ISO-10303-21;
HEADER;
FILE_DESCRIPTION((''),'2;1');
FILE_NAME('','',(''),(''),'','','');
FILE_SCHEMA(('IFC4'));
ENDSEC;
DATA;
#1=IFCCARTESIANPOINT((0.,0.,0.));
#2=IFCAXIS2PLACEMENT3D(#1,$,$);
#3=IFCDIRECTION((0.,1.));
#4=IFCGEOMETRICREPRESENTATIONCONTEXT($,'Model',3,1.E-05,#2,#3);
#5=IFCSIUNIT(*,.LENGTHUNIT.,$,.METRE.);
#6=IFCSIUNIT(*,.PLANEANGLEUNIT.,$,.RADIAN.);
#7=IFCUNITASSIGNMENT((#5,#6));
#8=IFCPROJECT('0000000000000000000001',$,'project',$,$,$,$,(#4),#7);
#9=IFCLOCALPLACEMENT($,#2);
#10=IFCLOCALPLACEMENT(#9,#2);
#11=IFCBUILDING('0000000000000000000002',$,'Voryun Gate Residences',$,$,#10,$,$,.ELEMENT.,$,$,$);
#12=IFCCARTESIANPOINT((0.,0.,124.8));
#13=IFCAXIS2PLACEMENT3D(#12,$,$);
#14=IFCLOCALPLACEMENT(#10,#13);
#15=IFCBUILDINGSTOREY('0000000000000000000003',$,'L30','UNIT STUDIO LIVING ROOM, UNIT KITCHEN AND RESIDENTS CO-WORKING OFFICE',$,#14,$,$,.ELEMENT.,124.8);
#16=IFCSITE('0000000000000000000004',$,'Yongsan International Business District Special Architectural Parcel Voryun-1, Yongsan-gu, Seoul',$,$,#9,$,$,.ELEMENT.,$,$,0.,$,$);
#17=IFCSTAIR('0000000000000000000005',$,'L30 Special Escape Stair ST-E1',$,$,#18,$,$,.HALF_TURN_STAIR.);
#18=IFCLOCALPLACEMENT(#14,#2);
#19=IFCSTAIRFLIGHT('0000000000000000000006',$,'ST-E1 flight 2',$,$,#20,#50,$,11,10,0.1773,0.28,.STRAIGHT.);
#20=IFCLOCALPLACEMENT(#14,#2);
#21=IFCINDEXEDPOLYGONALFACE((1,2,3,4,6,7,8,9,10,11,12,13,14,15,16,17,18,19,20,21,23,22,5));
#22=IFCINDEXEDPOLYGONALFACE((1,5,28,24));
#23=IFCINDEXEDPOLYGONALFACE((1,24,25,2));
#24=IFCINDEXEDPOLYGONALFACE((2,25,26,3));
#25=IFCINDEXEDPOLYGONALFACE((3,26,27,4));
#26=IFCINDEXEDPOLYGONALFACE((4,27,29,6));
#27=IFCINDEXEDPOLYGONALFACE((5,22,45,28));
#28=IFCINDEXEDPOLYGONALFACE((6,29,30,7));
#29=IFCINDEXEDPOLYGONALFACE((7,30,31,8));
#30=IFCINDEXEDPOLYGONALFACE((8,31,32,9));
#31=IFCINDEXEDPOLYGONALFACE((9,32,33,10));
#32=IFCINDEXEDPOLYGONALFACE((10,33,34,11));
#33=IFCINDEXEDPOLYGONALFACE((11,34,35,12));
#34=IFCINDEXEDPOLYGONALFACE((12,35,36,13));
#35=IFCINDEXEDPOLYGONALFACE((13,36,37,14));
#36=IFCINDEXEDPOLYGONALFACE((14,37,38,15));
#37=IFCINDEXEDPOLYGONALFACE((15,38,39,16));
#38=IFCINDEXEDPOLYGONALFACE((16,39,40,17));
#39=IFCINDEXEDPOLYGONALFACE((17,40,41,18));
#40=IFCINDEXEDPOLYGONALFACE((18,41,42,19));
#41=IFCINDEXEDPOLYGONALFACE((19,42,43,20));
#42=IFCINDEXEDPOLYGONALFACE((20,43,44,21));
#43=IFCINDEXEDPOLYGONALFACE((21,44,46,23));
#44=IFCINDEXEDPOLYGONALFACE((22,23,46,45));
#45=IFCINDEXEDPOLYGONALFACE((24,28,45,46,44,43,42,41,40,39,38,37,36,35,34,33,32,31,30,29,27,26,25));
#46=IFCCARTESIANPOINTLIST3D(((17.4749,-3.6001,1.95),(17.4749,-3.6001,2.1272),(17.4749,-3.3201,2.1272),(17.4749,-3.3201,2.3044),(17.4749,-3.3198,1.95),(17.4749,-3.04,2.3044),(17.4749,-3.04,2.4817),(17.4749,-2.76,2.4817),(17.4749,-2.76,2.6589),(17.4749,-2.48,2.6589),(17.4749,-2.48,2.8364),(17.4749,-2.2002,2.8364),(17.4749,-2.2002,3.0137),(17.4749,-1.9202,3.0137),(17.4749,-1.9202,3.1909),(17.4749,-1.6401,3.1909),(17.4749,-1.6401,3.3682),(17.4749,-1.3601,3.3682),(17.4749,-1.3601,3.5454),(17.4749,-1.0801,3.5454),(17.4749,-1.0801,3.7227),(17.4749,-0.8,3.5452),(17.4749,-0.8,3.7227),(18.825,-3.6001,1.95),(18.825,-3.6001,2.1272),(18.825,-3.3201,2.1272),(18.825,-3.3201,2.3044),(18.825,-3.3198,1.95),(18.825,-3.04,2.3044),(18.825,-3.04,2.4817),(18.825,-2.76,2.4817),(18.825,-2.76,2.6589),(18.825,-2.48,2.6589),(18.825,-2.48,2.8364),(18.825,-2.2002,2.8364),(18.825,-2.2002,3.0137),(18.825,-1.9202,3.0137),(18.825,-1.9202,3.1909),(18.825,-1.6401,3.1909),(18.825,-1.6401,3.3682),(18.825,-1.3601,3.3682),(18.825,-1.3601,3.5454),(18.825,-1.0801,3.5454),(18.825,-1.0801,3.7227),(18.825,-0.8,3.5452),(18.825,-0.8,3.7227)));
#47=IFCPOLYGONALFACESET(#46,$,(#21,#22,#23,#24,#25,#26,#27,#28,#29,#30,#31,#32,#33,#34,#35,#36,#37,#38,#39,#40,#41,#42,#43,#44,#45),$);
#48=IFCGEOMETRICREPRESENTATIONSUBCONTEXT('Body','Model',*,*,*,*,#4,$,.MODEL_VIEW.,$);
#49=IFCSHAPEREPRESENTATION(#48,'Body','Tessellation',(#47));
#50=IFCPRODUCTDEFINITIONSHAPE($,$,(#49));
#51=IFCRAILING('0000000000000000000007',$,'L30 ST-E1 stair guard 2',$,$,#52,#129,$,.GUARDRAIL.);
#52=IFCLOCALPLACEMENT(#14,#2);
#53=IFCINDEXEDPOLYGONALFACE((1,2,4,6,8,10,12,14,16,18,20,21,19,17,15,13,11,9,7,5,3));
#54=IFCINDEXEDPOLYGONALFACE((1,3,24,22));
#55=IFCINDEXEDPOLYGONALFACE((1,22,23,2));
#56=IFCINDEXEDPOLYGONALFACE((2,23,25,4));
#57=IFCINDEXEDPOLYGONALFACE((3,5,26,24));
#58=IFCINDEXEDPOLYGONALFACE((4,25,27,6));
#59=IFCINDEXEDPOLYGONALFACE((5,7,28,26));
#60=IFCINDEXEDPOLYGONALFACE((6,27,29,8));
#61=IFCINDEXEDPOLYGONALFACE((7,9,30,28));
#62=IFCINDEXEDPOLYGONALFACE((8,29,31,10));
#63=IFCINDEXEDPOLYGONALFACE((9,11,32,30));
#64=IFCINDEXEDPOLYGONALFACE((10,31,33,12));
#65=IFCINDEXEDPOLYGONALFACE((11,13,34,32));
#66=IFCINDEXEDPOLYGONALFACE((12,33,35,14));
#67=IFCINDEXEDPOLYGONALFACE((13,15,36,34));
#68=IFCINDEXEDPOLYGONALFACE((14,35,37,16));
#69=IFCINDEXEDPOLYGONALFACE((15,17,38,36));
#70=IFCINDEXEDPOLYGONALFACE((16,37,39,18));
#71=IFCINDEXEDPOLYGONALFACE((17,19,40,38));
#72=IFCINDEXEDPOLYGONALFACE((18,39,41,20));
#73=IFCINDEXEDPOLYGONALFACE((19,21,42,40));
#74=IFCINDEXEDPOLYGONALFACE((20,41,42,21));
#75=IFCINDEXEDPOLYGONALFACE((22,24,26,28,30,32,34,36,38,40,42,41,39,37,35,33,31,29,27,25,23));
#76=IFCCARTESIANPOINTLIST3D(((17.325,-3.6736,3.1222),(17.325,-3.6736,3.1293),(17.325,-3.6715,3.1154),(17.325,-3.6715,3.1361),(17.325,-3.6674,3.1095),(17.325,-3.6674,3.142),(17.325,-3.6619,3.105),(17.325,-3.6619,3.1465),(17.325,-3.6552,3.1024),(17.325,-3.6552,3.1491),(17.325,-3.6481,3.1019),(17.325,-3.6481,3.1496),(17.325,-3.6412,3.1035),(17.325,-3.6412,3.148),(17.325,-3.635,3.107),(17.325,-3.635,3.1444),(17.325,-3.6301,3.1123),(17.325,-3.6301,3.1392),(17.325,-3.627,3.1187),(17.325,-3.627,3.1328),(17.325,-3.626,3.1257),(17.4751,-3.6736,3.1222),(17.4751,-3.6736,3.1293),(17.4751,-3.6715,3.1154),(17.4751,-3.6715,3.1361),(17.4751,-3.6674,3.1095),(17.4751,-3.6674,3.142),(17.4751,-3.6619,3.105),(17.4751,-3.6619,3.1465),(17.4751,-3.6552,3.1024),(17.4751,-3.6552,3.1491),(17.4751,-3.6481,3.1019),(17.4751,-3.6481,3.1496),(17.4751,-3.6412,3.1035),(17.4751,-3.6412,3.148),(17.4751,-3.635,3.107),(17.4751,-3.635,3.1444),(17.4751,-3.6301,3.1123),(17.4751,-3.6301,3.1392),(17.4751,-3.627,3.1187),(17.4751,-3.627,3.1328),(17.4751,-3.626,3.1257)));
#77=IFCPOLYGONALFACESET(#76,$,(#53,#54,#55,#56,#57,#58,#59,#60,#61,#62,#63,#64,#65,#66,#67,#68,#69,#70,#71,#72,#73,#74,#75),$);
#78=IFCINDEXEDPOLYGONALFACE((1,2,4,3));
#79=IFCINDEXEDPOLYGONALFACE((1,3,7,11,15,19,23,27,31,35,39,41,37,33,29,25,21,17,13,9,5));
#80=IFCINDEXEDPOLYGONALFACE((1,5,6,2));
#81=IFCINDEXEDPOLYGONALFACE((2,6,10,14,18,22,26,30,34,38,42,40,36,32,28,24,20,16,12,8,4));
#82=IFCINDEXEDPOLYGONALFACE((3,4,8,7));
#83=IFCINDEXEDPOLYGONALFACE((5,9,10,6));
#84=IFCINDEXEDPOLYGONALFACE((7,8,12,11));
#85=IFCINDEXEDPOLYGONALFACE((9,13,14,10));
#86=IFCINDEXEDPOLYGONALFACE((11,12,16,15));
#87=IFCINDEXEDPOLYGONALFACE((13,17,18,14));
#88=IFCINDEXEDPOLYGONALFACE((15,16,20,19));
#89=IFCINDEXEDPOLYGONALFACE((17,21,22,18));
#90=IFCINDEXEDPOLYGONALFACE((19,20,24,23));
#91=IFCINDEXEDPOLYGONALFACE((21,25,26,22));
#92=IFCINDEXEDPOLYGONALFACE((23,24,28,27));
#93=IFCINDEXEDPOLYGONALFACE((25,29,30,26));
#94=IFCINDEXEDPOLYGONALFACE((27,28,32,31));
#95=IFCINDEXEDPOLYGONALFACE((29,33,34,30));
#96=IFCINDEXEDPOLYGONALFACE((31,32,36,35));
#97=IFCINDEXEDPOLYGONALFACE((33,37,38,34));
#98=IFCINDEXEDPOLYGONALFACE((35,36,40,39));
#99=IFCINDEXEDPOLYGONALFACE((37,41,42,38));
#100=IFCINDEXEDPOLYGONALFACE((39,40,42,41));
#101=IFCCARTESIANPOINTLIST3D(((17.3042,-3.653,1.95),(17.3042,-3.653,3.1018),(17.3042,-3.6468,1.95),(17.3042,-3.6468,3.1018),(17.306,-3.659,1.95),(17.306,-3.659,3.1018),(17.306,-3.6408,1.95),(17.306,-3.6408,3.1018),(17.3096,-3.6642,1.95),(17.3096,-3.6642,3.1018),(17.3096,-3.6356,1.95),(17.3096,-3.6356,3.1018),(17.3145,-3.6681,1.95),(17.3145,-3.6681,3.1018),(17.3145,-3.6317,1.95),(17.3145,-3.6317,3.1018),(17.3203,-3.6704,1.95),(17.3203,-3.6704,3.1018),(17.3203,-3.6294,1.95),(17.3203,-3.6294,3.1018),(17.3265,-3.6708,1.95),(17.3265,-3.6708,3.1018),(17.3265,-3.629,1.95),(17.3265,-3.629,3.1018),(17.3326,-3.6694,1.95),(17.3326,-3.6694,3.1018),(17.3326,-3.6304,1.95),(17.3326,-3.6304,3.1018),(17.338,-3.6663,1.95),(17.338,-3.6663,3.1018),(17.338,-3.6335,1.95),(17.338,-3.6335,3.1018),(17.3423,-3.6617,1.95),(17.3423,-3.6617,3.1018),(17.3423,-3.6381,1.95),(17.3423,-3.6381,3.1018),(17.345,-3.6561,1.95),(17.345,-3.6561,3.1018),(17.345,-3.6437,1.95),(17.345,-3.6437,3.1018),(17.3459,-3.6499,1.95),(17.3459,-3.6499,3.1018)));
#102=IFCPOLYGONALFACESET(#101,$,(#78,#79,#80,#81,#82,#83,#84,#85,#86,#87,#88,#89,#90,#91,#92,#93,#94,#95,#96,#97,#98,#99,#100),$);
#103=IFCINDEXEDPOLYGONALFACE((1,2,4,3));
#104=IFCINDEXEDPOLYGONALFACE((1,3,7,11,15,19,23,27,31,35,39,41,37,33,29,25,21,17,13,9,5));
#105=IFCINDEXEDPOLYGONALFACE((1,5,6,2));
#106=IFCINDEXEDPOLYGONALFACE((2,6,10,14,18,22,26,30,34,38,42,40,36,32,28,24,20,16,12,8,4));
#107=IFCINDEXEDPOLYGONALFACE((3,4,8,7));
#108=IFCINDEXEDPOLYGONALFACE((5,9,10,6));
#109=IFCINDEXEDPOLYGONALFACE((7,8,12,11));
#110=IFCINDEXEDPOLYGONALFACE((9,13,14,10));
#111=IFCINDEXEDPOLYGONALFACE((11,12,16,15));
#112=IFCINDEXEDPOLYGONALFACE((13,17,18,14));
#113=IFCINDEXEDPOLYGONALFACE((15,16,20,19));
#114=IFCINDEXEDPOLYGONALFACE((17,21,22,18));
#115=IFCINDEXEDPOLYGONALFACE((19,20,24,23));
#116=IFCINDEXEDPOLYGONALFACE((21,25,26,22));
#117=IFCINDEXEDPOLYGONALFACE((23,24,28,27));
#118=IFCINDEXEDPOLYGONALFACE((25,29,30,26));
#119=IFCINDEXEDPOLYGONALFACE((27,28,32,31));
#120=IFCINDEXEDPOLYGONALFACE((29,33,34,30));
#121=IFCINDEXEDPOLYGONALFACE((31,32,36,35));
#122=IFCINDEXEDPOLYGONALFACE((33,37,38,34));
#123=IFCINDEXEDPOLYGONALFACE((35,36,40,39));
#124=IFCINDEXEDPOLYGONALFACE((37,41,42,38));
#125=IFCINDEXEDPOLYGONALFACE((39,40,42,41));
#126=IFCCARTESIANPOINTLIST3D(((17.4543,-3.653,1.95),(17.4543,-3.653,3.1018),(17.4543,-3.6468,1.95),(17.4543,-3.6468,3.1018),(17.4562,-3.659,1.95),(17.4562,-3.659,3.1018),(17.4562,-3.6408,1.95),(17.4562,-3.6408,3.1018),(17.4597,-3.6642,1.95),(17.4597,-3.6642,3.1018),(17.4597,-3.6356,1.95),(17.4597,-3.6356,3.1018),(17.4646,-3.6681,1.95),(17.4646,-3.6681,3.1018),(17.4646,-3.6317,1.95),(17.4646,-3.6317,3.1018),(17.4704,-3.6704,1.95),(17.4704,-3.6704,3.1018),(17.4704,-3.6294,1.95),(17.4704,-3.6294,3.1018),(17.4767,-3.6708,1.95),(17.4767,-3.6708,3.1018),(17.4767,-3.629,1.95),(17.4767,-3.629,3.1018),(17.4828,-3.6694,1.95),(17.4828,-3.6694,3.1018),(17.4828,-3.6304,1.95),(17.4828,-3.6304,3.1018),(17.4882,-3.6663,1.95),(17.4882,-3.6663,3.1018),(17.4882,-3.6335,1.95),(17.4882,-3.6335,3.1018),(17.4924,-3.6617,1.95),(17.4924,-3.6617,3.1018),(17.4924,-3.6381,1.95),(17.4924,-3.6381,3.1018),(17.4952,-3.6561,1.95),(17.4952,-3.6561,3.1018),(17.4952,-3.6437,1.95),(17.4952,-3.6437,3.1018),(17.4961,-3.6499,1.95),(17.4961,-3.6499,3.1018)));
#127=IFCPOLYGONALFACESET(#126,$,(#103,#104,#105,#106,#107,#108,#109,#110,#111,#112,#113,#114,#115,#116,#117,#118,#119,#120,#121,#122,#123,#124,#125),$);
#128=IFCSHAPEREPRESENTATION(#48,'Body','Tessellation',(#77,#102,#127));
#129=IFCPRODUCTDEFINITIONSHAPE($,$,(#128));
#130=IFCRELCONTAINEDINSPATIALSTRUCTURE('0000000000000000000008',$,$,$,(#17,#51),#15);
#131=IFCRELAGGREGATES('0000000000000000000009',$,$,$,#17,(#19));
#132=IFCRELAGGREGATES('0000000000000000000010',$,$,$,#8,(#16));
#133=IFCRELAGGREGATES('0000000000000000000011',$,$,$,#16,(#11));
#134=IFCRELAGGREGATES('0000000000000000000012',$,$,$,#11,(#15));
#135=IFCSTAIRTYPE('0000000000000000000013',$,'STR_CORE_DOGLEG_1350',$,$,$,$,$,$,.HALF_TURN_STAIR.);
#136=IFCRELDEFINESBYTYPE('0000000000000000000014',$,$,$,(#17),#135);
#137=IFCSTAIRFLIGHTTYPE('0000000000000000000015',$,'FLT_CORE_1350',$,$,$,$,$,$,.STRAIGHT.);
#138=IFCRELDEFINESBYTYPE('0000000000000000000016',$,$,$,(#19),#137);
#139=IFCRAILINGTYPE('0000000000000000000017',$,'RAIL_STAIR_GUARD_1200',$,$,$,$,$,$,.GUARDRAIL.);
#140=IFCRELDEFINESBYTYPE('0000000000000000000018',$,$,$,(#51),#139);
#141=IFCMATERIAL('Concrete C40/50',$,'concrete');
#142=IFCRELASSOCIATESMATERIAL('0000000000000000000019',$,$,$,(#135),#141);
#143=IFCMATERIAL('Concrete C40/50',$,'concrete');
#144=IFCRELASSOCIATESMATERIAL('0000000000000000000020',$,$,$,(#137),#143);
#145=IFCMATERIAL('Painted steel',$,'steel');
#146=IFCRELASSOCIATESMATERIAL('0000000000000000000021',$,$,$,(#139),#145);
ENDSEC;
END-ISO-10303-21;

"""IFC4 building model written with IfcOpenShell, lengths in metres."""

from ifc_helpers import new_model, si_unit, direction, frame, origin, origin_2d, place, context, subcontext, project, spatial, polyline, circle, outline, extrude, material, type_object, element, aggregate, save


model = new_model("IFC4")

# Units and contexts
model_context = context("Model", 3, precision=1e-05, world=origin(), true_north=direction((0.0, 1.0)))
body_context = subcontext(model_context, "Body", "Model", "MODEL_VIEW")
ifc_project = project(units=[si_unit("LENGTHUNIT", "METRE"), si_unit("PLANEANGLEUNIT", "RADIAN")], contexts=[model_context])

# Site, building, storey
site_placement = place(None, origin())
site = spatial("IfcSite", under=ifc_project, at=site_placement, Name="Yongsan International Business District Special Architectural Parcel Voryun-1, Yongsan-gu, Seoul", CompositionType="ELEMENT", RefElevation=0.0)
building_placement = place(site_placement, origin())
building = spatial("IfcBuilding", under=site, at=building_placement, Name="Voryun Gate Residences", CompositionType="ELEMENT")
storey_placement = place(building_placement, frame((0.0, 0.0, 124.8)))
storey = spatial("IfcBuildingStorey", under=building, at=storey_placement, Name="L30", Description="UNIT STUDIO LIVING ROOM, UNIT KITCHEN AND RESIDENTS CO-WORKING OFFICE", CompositionType="ELEMENT", Elevation=124.8)

# Stair, stair flight
ifc_material_1 = material(Name="Concrete C40/50", Category="concrete")
stair_type = type_object("IfcStairType", Name="STR_CORE_DOGLEG_1350", PredefinedType="HALF_TURN_STAIR", material=ifc_material_1)
stair_placement = place(storey_placement, origin())
stair = element("IfcStair", 1, at=stair_placement, inside=storey, type_object=stair_type, Name="L30 Special Escape Stair ST-E1", PredefinedType="HALF_TURN_STAIR")
ifc_material_2 = material(Name="Concrete C40/50", Category="concrete")
stair_flight_type = type_object("IfcStairFlightType", Name="FLT_CORE_1350", PredefinedType="STRAIGHT", material=ifc_material_2)
stair_flight_placement = place(storey_placement, frame((18.1499, -3.6001, 1.95), z_axis=(0.0, 0.0, 1.0), x_axis=(0.0, 1.0, 0.0)))
stair_flight = element("IfcStairFlight", 2, at=stair_flight_placement, type_object=stair_flight_type, Name="ST-E1 flight 2", NumberOfRisers=11, NumberOfTreads=10, PredefinedType="STRAIGHT", RiserHeight=0.1773, TreadLength=0.28, context=body_context, shape_type="SweptSolid", body=[
    extrude(outline(polyline([(0.0, 0.0), (0.0, 0.1772), (0.28, 0.1772), (0.28, 0.3545), (0.5601, 0.3545), (0.5601, 0.5317), (0.8401, 0.5317), (0.8401, 0.709), (1.1201, 0.709), (1.1201, 0.8865), (1.3999, 0.8865), (1.3999, 1.0637), (1.6799, 1.0637), (1.6799, 1.241), (1.96, 1.241), (1.96, 1.4182), (2.24, 1.4182), (2.24, 1.5955), (2.52, 1.5955), (2.52, 1.7727), (2.8, 1.7727), (2.8, 1.95), (2.8, 1.5952), (0.2803, 0.0), (0.0, 0.0)])), frame((0.0, 0.675, 0.0), z_axis=(0.0, -1.0, 0.0), x_axis=(1.0, 0.0, 0.0)), (0.0, 0.0, 1.0), 1.3501),
])
aggregate(stair, [stair_flight])

# Railing
ifc_material_3 = material(Name="Painted steel", Category="steel")
railing_type_1 = type_object("IfcRailingType", Name="RAIL_STAIR_GUARD_1200", PredefinedType="GUARDRAIL", material=ifc_material_3)
railing_1_placement = place(storey_placement, frame((17.325, -3.6499, 1.95)))
element("IfcRailing", 3, at=railing_1_placement, inside=storey, type_object=railing_type_1, Name="L30 ST-E1 stair guard 2", PredefinedType="GUARDRAIL", context=body_context, shape_type="SweptSolid", body=[
    extrude(circle(Radius=0.0239, at=origin_2d()), frame((0.0, 0.0, 1.1758), z_axis=(1.0, 0.0, 0.0), x_axis=(0.0, 1.0, 0.0)), (0.0, 0.0, 1.0), 0.1501),
    extrude(circle(Radius=0.021, at=origin_2d()), origin(), (0.0, 0.0, 1.0), 1.1519),
    extrude(circle(Radius=0.021, at=origin_2d()), frame((0.1501, 0.0, 0.0)), (0.0, 0.0, 1.0), 1.1519),
])

save(model, "model.ifc")
